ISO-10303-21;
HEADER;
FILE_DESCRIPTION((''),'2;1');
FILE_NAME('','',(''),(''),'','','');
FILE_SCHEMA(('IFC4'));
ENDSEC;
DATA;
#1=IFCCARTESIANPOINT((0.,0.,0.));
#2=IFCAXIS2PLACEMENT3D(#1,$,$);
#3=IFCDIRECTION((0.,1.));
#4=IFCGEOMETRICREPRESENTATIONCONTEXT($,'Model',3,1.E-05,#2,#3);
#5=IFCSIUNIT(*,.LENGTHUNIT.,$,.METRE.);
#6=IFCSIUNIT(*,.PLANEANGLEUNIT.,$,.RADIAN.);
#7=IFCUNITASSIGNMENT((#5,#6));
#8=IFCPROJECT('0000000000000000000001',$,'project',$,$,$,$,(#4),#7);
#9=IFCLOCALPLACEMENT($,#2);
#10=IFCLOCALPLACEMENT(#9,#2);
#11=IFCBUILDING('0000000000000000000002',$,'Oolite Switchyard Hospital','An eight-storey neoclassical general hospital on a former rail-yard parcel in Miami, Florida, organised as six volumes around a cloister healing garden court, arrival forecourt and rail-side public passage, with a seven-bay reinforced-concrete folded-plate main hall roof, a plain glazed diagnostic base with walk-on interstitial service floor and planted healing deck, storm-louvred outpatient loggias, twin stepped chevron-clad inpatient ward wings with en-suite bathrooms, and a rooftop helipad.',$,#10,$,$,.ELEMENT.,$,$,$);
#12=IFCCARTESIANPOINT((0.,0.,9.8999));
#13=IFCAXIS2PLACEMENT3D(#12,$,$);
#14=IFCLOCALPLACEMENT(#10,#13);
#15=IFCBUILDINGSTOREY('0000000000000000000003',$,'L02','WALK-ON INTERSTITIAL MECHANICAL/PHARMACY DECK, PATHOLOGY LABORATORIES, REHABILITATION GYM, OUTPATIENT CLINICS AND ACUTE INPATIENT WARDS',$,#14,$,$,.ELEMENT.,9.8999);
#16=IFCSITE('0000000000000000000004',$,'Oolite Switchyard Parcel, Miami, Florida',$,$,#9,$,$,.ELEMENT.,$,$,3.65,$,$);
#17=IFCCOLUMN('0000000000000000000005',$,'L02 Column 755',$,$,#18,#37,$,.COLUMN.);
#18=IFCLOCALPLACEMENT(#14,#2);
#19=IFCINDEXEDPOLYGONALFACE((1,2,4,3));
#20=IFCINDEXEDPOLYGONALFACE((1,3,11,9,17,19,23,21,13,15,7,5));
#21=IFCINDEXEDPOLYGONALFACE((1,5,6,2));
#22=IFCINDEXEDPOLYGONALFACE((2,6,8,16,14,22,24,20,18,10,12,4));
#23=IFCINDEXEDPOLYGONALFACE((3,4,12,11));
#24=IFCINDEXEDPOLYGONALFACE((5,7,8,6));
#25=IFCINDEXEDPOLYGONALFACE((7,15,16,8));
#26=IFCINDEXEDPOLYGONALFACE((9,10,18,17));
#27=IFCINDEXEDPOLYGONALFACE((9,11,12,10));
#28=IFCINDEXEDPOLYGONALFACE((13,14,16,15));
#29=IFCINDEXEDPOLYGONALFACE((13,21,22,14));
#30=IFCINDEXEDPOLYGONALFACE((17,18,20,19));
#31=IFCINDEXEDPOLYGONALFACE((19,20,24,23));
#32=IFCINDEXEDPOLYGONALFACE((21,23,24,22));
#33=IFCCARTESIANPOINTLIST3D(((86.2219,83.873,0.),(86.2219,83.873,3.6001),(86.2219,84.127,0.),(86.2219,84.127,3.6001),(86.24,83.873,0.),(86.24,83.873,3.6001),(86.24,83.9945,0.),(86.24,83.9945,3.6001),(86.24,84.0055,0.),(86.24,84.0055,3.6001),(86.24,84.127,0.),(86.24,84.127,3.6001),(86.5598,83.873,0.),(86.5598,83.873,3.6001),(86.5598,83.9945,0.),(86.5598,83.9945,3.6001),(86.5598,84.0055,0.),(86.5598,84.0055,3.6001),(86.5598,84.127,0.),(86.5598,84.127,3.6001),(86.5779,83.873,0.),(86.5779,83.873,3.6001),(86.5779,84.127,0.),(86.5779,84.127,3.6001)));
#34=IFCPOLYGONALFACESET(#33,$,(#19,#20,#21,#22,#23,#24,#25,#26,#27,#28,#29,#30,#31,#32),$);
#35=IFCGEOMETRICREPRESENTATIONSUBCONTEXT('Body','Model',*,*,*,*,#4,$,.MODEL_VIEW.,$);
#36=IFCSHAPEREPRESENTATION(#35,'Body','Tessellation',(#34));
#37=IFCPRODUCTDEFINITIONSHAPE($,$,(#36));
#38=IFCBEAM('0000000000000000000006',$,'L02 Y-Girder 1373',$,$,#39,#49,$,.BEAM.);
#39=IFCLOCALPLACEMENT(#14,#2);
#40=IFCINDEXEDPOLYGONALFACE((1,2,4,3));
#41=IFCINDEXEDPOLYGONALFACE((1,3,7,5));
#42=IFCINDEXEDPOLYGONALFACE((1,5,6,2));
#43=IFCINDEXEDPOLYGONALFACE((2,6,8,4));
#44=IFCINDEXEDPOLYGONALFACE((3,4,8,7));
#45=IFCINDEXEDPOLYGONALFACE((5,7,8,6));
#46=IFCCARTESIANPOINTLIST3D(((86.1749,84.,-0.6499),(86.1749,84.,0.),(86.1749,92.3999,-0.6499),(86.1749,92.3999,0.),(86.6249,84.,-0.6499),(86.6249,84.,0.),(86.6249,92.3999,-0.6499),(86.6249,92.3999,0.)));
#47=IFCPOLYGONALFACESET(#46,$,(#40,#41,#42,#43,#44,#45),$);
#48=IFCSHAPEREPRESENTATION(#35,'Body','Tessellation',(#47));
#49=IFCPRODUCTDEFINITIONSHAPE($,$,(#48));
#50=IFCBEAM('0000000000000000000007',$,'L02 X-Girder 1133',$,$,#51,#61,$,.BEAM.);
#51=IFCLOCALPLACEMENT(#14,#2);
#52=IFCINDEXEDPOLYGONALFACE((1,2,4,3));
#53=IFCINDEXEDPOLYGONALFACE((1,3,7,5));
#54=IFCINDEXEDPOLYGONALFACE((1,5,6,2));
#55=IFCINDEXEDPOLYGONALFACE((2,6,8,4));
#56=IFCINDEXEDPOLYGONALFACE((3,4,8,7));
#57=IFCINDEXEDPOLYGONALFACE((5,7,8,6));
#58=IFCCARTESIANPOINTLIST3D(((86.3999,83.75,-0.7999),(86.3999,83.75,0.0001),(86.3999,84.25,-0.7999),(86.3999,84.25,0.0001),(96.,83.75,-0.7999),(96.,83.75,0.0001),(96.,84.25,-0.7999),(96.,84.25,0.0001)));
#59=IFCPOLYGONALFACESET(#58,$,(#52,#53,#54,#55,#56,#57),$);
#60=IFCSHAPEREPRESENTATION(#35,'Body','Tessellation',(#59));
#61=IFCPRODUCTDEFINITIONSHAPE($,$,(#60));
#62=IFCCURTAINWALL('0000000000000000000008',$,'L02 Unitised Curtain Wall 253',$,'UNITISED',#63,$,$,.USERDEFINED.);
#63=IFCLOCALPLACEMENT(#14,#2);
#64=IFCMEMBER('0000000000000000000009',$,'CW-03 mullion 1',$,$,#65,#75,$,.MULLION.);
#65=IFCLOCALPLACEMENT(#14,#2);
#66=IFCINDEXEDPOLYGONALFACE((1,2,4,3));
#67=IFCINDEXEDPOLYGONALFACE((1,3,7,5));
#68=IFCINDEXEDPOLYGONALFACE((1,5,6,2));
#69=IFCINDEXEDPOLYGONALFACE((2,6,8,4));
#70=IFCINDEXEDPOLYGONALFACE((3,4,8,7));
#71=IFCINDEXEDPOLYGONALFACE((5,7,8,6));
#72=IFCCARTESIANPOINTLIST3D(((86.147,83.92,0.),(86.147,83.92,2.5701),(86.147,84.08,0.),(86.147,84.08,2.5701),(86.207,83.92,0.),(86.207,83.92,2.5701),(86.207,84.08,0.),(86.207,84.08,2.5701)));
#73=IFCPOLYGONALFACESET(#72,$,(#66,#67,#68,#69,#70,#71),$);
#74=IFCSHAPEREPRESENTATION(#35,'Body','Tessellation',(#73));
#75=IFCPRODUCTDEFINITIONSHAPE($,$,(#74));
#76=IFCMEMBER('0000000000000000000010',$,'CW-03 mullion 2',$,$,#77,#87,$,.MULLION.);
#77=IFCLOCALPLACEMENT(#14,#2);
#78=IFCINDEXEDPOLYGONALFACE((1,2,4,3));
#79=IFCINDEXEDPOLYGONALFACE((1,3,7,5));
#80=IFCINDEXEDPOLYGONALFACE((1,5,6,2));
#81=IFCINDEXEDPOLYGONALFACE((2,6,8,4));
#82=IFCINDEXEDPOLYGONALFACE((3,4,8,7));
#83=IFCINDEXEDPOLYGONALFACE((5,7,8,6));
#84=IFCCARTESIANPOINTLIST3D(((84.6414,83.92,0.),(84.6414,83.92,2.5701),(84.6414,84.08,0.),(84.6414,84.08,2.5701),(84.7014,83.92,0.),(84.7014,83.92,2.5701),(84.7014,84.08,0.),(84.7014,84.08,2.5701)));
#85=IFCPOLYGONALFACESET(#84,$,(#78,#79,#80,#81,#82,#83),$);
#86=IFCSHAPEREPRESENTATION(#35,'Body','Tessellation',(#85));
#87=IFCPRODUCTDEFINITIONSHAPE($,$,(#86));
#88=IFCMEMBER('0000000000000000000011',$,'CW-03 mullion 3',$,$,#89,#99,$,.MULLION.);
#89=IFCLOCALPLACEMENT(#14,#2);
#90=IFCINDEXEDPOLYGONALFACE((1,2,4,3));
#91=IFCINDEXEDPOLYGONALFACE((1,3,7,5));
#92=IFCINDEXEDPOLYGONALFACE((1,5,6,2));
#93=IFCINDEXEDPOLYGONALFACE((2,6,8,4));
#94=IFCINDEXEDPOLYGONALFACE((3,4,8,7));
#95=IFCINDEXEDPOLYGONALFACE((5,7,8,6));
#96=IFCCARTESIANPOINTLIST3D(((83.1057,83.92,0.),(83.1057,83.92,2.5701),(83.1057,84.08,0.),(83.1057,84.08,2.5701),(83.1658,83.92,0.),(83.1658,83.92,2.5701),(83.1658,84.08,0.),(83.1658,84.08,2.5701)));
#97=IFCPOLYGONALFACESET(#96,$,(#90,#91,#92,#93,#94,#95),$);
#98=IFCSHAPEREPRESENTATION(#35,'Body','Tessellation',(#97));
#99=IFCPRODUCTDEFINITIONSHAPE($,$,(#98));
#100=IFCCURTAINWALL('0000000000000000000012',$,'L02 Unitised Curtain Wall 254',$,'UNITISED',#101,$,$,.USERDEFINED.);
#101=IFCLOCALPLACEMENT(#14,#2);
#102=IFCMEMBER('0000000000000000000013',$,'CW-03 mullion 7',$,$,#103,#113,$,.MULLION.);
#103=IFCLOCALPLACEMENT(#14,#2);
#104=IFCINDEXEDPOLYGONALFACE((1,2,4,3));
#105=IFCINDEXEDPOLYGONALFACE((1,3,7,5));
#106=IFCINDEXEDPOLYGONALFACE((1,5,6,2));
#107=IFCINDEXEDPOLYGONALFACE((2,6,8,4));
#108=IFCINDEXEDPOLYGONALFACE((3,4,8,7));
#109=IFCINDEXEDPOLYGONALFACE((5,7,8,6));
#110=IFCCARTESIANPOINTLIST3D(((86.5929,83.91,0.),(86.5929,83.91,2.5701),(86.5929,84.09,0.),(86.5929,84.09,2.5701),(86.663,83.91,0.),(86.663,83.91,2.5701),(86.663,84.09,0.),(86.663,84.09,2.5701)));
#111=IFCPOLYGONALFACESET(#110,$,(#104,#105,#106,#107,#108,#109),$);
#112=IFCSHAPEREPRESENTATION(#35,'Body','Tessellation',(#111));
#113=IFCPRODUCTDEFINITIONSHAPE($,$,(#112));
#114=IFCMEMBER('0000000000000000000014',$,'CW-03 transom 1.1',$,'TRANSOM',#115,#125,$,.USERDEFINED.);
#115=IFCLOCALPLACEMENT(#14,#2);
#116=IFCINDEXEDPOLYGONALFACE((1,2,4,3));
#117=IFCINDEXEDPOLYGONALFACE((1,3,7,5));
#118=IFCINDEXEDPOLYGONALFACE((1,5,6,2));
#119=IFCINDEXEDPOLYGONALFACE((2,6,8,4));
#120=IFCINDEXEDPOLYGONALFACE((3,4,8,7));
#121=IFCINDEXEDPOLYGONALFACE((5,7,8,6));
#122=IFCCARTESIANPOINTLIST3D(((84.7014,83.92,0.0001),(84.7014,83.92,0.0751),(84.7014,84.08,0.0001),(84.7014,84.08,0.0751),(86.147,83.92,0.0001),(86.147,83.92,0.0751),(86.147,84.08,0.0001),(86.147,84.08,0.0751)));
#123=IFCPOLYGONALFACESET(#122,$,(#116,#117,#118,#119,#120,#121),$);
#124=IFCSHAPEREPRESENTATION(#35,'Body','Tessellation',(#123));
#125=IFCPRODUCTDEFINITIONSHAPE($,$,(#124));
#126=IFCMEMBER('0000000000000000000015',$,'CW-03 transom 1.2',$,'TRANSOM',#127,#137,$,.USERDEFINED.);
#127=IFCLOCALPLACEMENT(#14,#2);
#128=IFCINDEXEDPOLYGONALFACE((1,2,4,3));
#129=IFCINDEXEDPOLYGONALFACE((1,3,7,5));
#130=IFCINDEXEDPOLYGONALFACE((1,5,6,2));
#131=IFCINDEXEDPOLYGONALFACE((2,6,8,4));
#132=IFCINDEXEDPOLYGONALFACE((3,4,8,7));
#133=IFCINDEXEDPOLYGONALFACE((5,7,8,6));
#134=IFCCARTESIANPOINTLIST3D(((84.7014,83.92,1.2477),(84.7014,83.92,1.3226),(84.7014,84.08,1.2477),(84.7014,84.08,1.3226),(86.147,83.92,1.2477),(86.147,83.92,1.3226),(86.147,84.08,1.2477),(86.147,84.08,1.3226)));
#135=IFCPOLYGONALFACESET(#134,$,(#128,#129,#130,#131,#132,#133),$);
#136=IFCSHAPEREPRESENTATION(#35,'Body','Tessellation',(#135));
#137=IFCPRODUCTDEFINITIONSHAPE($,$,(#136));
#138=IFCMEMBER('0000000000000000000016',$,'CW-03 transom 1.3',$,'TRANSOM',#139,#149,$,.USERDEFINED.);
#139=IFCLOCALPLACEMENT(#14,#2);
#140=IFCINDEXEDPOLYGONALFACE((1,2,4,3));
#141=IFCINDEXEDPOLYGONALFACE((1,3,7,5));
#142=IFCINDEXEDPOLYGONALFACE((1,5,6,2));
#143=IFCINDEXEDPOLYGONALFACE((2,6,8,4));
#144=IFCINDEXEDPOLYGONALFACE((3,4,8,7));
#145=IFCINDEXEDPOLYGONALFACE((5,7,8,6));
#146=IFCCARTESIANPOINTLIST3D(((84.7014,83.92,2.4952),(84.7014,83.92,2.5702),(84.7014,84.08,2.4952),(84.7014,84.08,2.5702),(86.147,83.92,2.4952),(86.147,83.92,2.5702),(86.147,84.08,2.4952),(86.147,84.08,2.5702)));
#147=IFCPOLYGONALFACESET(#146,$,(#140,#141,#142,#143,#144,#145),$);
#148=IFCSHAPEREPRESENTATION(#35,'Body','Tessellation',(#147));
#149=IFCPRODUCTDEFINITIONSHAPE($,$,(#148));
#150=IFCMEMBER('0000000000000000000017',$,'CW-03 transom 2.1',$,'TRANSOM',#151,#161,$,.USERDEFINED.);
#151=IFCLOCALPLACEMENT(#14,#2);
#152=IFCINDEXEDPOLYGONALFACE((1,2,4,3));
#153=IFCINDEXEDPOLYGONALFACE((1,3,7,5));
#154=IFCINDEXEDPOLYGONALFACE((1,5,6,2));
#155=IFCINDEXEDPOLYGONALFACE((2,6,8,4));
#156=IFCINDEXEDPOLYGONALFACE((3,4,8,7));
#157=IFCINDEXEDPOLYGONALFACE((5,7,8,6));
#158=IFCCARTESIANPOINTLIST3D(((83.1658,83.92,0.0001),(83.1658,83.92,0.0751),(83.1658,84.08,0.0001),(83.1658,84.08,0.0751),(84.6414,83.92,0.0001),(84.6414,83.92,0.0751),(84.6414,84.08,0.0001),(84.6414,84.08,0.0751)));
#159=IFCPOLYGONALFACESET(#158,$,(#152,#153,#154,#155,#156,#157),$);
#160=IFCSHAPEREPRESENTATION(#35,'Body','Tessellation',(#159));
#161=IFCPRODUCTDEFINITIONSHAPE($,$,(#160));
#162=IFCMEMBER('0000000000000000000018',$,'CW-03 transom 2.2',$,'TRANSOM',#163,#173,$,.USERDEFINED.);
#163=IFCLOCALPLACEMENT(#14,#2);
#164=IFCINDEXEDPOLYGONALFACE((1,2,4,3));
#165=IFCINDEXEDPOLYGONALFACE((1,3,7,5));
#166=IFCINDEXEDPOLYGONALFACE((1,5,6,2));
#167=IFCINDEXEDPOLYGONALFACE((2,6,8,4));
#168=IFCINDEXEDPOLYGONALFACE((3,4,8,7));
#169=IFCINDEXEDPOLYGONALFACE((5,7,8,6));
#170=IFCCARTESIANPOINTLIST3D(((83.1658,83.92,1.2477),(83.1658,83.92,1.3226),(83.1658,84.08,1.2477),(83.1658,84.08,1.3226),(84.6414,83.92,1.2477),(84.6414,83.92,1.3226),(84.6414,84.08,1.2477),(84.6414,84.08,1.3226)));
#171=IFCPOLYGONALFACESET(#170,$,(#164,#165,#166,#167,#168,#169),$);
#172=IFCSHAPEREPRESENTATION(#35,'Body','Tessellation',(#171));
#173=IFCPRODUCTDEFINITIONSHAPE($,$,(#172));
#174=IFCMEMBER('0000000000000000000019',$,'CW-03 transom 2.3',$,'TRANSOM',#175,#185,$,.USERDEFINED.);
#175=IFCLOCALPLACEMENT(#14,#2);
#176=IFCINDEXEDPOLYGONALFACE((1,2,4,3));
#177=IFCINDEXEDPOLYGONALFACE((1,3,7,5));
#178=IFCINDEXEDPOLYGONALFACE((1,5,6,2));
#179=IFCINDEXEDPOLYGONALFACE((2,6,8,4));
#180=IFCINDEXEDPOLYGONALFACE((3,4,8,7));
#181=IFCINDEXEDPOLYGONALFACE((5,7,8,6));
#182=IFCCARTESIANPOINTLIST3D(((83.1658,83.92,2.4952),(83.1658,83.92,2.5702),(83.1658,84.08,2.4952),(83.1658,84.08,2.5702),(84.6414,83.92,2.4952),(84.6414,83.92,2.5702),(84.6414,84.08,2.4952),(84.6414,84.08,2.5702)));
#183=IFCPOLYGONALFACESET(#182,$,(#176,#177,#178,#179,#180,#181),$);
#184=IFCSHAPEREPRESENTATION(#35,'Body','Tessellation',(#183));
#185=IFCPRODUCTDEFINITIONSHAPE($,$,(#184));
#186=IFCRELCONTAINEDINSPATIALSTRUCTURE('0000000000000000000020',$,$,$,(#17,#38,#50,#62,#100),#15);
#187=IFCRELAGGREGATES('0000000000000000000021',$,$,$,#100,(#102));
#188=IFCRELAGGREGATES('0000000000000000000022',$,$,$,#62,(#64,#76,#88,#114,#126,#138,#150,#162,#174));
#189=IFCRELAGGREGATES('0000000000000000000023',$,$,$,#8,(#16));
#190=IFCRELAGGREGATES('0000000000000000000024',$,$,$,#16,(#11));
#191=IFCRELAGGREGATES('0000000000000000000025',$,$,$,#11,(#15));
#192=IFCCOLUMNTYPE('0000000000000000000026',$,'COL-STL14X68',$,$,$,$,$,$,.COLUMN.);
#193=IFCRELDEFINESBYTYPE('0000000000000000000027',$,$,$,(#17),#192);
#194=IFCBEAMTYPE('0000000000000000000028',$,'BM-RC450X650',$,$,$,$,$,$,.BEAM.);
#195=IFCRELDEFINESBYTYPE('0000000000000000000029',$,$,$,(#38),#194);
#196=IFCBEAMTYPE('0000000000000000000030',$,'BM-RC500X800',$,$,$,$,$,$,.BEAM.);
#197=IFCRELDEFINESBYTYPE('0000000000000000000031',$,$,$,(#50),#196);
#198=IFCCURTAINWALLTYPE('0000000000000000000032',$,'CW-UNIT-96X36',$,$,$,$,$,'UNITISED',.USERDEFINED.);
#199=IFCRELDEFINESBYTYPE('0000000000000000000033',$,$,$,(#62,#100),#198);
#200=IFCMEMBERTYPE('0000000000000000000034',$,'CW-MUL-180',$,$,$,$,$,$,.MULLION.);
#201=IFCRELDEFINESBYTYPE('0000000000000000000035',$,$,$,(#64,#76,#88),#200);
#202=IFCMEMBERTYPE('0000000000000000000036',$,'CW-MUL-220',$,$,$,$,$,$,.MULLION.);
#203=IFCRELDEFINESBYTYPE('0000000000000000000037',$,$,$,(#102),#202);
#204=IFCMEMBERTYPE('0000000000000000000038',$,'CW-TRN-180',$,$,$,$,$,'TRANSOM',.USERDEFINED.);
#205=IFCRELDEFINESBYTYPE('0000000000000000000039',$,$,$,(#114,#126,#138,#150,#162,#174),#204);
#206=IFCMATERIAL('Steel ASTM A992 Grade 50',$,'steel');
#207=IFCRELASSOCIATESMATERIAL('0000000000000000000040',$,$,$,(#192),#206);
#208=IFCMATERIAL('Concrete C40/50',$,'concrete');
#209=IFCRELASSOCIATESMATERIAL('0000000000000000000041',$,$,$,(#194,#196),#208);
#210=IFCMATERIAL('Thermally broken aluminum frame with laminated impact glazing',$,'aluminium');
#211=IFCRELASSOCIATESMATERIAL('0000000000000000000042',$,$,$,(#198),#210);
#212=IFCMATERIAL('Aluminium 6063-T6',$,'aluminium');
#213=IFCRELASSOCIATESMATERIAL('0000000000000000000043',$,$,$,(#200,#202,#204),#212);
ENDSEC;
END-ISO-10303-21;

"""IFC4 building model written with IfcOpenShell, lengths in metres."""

from ifc_helpers import new_model, si_unit, direction, frame, origin, origin_2d, place, context, subcontext, project, spatial, rectangle, i_section, extrude, material, material_profile, profile_set, type_object, element, aggregate, save


model = new_model("IFC4")

# Units and contexts
model_context = context("Model", 3, precision=1e-05, world=origin(), true_north=direction((0.0, 1.0)))
body_context = subcontext(model_context, "Body", "Model", "MODEL_VIEW")
ifc_project = project(units=[si_unit("LENGTHUNIT", "METRE"), si_unit("PLANEANGLEUNIT", "RADIAN")], contexts=[model_context])

# Site, building, storey
site_placement = place(None, origin())
site = spatial("IfcSite", under=ifc_project, at=site_placement, Name="Oolite Switchyard Parcel, Miami, Florida", CompositionType="ELEMENT", RefElevation=3.65)
building_placement = place(site_placement, origin())
building = spatial("IfcBuilding", under=site, at=building_placement, Name="Oolite Switchyard Hospital", Description="An eight-storey neoclassical general hospital on a former rail-yard parcel in Miami, Florida, organised as six volumes around a cloister healing garden court, arrival forecourt and rail-side public passage, with a seven-bay reinforced-concrete folded-plate main hall roof, a plain glazed diagnostic base with walk-on interstitial service floor and planted healing deck, storm-louvred outpatient loggias, twin stepped chevron-clad inpatient ward wings with en-suite bathrooms, and a rooftop helipad.", CompositionType="ELEMENT")
storey_placement = place(building_placement, frame((0.0, 0.0, 9.8999)))
storey = spatial("IfcBuildingStorey", under=building, at=storey_placement, Name="L02", Description="WALK-ON INTERSTITIAL MECHANICAL/PHARMACY DECK, PATHOLOGY LABORATORIES, REHABILITATION GYM, OUTPATIENT CLINICS AND ACUTE INPATIENT WARDS", CompositionType="ELEMENT", Elevation=9.8999)

# Column
ifc_material_1 = material(Name="Steel ASTM A992 Grade 50", Category="steel")
ifc_material_profile_1 = material_profile(ifc_material_1, i_section(OverallWidth=0.2539, OverallDepth=0.356, WebThickness=0.011, FlangeThickness=0.0181, at=origin_2d()), Name="W14X68")
ifc_profile_set_1 = profile_set([ifc_material_profile_1], Name="Steel ASTM A992 Grade 50")
column_type = type_object("IfcColumnType", Name="COL-STL14X68", PredefinedType="COLUMN", material=ifc_profile_set_1)
column_placement = place(storey_placement, frame((86.3999, 84.0, 0.0), z_axis=(0.0, 0.0, 1.0), x_axis=(0.0, -1.0, 0.0)))
element("IfcColumn", 1, at=column_placement, inside=storey, type_object=column_type, Name="L02 Column 755", PredefinedType="COLUMN", context=body_context, shape_type="SweptSolid", body=[
    extrude(i_section(OverallWidth=0.2539, OverallDepth=0.356, WebThickness=0.011, FlangeThickness=0.0181, at=origin_2d()), origin(), (0.0, 0.0, 1.0), 3.6001),
])

# Beams
ifc_material_2 = material(Name="Concrete C40/50", Category="concrete")
ifc_material_profile_2 = material_profile(ifc_material_2, rectangle(XDim=0.45, YDim=0.6499, at=origin_2d()), Name="RCB450X650")
ifc_profile_set_2 = profile_set([ifc_material_profile_2], Name="Concrete C40/50")
beam_type_1 = type_object("IfcBeamType", Name="BM-RC450X650", PredefinedType="BEAM", material=ifc_profile_set_2)
beam_1_placement = place(storey_placement, frame((86.3999, 84.0, -0.325), z_axis=(0.0, 1.0, 0.0), x_axis=(-1.0, 0.0, 0.0)))
element("IfcBeam", 2, at=beam_1_placement, inside=storey, type_object=beam_type_1, Name="L02 Y-Girder 1373", PredefinedType="BEAM", context=body_context, shape_type="SweptSolid", body=[
    extrude(rectangle(XDim=0.45, YDim=0.6499, at=origin_2d()), origin(), (0.0, 0.0, 1.0), 8.3999),
])
ifc_material_profile_3 = material_profile(ifc_material_2, rectangle(XDim=0.5, YDim=0.8, at=origin_2d()), Name="RCB500X800")
ifc_profile_set_3 = profile_set([ifc_material_profile_3], Name="Concrete C40/50")
beam_type_2 = type_object("IfcBeamType", Name="BM-RC500X800", PredefinedType="BEAM", material=ifc_profile_set_3)
beam_2_placement = place(storey_placement, frame((86.3999, 84.0, -0.3999), z_axis=(1.0, 0.0, 0.0), x_axis=(0.0, 1.0, 0.0)))
element("IfcBeam", 3, at=beam_2_placement, inside=storey, type_object=beam_type_2, Name="L02 X-Girder 1133", PredefinedType="BEAM", context=body_context, shape_type="SweptSolid", body=[
    extrude(rectangle(XDim=0.5, YDim=0.8, at=origin_2d()), origin(), (0.0, 0.0, 1.0), 9.6001),
])

# Curtain wall, members
ifc_material_3 = material(Name="Thermally broken aluminum frame with laminated impact glazing", Category="aluminium")
curtain_wall_type = type_object("IfcCurtainWallType", Name="CW-UNIT-96X36", ElementType="UNITISED", PredefinedType="USERDEFINED", material=ifc_material_3)
curtain_wall_1_placement = place(storey_placement, origin())
curtain_wall_1 = element("IfcCurtainWall", 4, at=curtain_wall_1_placement, inside=storey, type_object=curtain_wall_type, Name="L02 Unitised Curtain Wall 253", ObjectType="UNITISED", PredefinedType="USERDEFINED")
ifc_material_4 = material(Name="Aluminium 6063-T6", Category="aluminium")
ifc_material_profile_4 = material_profile(ifc_material_4, rectangle(XDim=0.1599, YDim=0.0601, at=origin_2d()), Name="CWM60X160")
ifc_profile_set_4 = profile_set([ifc_material_profile_4], Name="Aluminium 6063-T6")
member_type_1 = type_object("IfcMemberType", Name="CW-MUL-180", PredefinedType="MULLION", material=ifc_profile_set_4)
member_1_placement = place(storey_placement, frame((86.177, 84.0, 0.0), z_axis=(0.0, 0.0, 1.0), x_axis=(0.0, -1.0, 0.0)))
member_1 = element("IfcMember", 5, at=member_1_placement, type_object=member_type_1, Name="CW-03 mullion 1", PredefinedType="MULLION", context=body_context, shape_type="SweptSolid", body=[
    extrude(rectangle(XDim=0.1599, YDim=0.0601, at=origin_2d()), origin(), (0.0, 0.0, 1.0), 2.5701),
])
member_2_placement = place(storey_placement, frame((84.6714, 84.0, 0.0), z_axis=(0.0, 0.0, 1.0), x_axis=(0.0, -1.0, 0.0)))
member_2 = element("IfcMember", 6, at=member_2_placement, type_object=member_type_1, Name="CW-03 mullion 2", PredefinedType="MULLION", context=body_context, shape_type="SweptSolid", body=[
    extrude(rectangle(XDim=0.1599, YDim=0.0601, at=origin_2d()), origin(), (0.0, 0.0, 1.0), 2.5701),
])
member_3_placement = place(storey_placement, frame((83.1357, 84.0, 0.0), z_axis=(0.0, 0.0, 1.0), x_axis=(0.0, -1.0, 0.0)))
member_3 = element("IfcMember", 7, at=member_3_placement, type_object=member_type_1, Name="CW-03 mullion 3", PredefinedType="MULLION", context=body_context, shape_type="SweptSolid", body=[
    extrude(rectangle(XDim=0.1599, YDim=0.0601, at=origin_2d()), origin(), (0.0, 0.0, 1.0), 2.5701),
])

# Curtain wall, member
curtain_wall_2_placement = place(storey_placement, origin())
curtain_wall_2 = element("IfcCurtainWall", 8, at=curtain_wall_2_placement, inside=storey, type_object=curtain_wall_type, Name="L02 Unitised Curtain Wall 254", ObjectType="UNITISED", PredefinedType="USERDEFINED")
ifc_material_profile_5 = material_profile(ifc_material_4, rectangle(XDim=0.1799, YDim=0.0701, at=origin_2d()), Name="CWM70X180")
ifc_profile_set_5 = profile_set([ifc_material_profile_5], Name="Aluminium 6063-T6")
member_type_2 = type_object("IfcMemberType", Name="CW-MUL-220", PredefinedType="MULLION", material=ifc_profile_set_5)
member_4_placement = place(storey_placement, frame((86.6279, 84.0, 0.0), z_axis=(0.0, 0.0, 1.0), x_axis=(0.0, -1.0, 0.0)))
member_4 = element("IfcMember", 9, at=member_4_placement, type_object=member_type_2, Name="CW-03 mullion 7", PredefinedType="MULLION", context=body_context, shape_type="SweptSolid", body=[
    extrude(rectangle(XDim=0.1799, YDim=0.0701, at=origin_2d()), origin(), (0.0, 0.0, 1.0), 2.5701),
])
aggregate(curtain_wall_2, [member_4])

# Members
ifc_material_profile_6 = material_profile(ifc_material_4, rectangle(XDim=0.1599, YDim=0.075, at=origin_2d()), Name="CWT75X160")
ifc_profile_set_6 = profile_set([ifc_material_profile_6], Name="Aluminium 6063-T6")
member_type_3 = type_object("IfcMemberType", Name="CW-TRN-180", ElementType="TRANSOM", PredefinedType="USERDEFINED", material=ifc_profile_set_6)
member_5_placement = place(storey_placement, frame((86.147, 84.0, 0.0376), z_axis=(-1.0, 0.0, 0.0), x_axis=(0.0, -1.0, 0.0)))
member_5 = element("IfcMember", 10, at=member_5_placement, type_object=member_type_3, Name="CW-03 transom 1.1", ObjectType="TRANSOM", PredefinedType="USERDEFINED", context=body_context, shape_type="SweptSolid", body=[
    extrude(rectangle(XDim=0.1599, YDim=0.075, at=origin_2d()), origin(), (0.0, 0.0, 1.0), 1.4456),
])
member_6_placement = place(storey_placement, frame((86.147, 84.0, 1.2852), z_axis=(-1.0, 0.0, 0.0), x_axis=(0.0, -1.0, 0.0)))
member_6 = element("IfcMember", 11, at=member_6_placement, type_object=member_type_3, Name="CW-03 transom 1.2", ObjectType="TRANSOM", PredefinedType="USERDEFINED", context=body_context, shape_type="SweptSolid", body=[
    extrude(rectangle(XDim=0.1599, YDim=0.075, at=origin_2d()), origin(), (0.0, 0.0, 1.0), 1.4456),
])
member_7_placement = place(storey_placement, frame((86.147, 84.0, 2.5327), z_axis=(-1.0, 0.0, 0.0), x_axis=(0.0, -1.0, 0.0)))
member_7 = element("IfcMember", 12, at=member_7_placement, type_object=member_type_3, Name="CW-03 transom 1.3", ObjectType="TRANSOM", PredefinedType="USERDEFINED", context=body_context, shape_type="SweptSolid", body=[
    extrude(rectangle(XDim=0.1599, YDim=0.075, at=origin_2d()), origin(), (0.0, 0.0, 1.0), 1.4456),
])
member_8_placement = place(storey_placement, frame((84.6414, 84.0, 0.0376), z_axis=(-1.0, 0.0, 0.0), x_axis=(0.0, -1.0, 0.0)))
member_8 = element("IfcMember", 13, at=member_8_placement, type_object=member_type_3, Name="CW-03 transom 2.1", ObjectType="TRANSOM", PredefinedType="USERDEFINED", context=body_context, shape_type="SweptSolid", body=[
    extrude(rectangle(XDim=0.1599, YDim=0.075, at=origin_2d()), origin(), (0.0, 0.0, 1.0), 1.4756),
])
member_9_placement = place(storey_placement, frame((84.6414, 84.0, 1.2852), z_axis=(-1.0, 0.0, 0.0), x_axis=(0.0, -1.0, 0.0)))
member_9 = element("IfcMember", 14, at=member_9_placement, type_object=member_type_3, Name="CW-03 transom 2.2", ObjectType="TRANSOM", PredefinedType="USERDEFINED", context=body_context, shape_type="SweptSolid", body=[
    extrude(rectangle(XDim=0.1599, YDim=0.075, at=origin_2d()), origin(), (0.0, 0.0, 1.0), 1.4756),
])
member_10_placement = place(storey_placement, frame((84.6414, 84.0, 2.5327), z_axis=(-1.0, 0.0, 0.0), x_axis=(0.0, -1.0, 0.0)))
member_10 = element("IfcMember", 15, at=member_10_placement, type_object=member_type_3, Name="CW-03 transom 2.3", ObjectType="TRANSOM", PredefinedType="USERDEFINED", context=body_context, shape_type="SweptSolid", body=[
    extrude(rectangle(XDim=0.1599, YDim=0.075, at=origin_2d()), origin(), (0.0, 0.0, 1.0), 1.4756),
])

aggregate(curtain_wall_1, [member_1, member_2, member_3, member_5, member_6, member_7, member_8, member_9, member_10])

save(model, "model.ifc")
